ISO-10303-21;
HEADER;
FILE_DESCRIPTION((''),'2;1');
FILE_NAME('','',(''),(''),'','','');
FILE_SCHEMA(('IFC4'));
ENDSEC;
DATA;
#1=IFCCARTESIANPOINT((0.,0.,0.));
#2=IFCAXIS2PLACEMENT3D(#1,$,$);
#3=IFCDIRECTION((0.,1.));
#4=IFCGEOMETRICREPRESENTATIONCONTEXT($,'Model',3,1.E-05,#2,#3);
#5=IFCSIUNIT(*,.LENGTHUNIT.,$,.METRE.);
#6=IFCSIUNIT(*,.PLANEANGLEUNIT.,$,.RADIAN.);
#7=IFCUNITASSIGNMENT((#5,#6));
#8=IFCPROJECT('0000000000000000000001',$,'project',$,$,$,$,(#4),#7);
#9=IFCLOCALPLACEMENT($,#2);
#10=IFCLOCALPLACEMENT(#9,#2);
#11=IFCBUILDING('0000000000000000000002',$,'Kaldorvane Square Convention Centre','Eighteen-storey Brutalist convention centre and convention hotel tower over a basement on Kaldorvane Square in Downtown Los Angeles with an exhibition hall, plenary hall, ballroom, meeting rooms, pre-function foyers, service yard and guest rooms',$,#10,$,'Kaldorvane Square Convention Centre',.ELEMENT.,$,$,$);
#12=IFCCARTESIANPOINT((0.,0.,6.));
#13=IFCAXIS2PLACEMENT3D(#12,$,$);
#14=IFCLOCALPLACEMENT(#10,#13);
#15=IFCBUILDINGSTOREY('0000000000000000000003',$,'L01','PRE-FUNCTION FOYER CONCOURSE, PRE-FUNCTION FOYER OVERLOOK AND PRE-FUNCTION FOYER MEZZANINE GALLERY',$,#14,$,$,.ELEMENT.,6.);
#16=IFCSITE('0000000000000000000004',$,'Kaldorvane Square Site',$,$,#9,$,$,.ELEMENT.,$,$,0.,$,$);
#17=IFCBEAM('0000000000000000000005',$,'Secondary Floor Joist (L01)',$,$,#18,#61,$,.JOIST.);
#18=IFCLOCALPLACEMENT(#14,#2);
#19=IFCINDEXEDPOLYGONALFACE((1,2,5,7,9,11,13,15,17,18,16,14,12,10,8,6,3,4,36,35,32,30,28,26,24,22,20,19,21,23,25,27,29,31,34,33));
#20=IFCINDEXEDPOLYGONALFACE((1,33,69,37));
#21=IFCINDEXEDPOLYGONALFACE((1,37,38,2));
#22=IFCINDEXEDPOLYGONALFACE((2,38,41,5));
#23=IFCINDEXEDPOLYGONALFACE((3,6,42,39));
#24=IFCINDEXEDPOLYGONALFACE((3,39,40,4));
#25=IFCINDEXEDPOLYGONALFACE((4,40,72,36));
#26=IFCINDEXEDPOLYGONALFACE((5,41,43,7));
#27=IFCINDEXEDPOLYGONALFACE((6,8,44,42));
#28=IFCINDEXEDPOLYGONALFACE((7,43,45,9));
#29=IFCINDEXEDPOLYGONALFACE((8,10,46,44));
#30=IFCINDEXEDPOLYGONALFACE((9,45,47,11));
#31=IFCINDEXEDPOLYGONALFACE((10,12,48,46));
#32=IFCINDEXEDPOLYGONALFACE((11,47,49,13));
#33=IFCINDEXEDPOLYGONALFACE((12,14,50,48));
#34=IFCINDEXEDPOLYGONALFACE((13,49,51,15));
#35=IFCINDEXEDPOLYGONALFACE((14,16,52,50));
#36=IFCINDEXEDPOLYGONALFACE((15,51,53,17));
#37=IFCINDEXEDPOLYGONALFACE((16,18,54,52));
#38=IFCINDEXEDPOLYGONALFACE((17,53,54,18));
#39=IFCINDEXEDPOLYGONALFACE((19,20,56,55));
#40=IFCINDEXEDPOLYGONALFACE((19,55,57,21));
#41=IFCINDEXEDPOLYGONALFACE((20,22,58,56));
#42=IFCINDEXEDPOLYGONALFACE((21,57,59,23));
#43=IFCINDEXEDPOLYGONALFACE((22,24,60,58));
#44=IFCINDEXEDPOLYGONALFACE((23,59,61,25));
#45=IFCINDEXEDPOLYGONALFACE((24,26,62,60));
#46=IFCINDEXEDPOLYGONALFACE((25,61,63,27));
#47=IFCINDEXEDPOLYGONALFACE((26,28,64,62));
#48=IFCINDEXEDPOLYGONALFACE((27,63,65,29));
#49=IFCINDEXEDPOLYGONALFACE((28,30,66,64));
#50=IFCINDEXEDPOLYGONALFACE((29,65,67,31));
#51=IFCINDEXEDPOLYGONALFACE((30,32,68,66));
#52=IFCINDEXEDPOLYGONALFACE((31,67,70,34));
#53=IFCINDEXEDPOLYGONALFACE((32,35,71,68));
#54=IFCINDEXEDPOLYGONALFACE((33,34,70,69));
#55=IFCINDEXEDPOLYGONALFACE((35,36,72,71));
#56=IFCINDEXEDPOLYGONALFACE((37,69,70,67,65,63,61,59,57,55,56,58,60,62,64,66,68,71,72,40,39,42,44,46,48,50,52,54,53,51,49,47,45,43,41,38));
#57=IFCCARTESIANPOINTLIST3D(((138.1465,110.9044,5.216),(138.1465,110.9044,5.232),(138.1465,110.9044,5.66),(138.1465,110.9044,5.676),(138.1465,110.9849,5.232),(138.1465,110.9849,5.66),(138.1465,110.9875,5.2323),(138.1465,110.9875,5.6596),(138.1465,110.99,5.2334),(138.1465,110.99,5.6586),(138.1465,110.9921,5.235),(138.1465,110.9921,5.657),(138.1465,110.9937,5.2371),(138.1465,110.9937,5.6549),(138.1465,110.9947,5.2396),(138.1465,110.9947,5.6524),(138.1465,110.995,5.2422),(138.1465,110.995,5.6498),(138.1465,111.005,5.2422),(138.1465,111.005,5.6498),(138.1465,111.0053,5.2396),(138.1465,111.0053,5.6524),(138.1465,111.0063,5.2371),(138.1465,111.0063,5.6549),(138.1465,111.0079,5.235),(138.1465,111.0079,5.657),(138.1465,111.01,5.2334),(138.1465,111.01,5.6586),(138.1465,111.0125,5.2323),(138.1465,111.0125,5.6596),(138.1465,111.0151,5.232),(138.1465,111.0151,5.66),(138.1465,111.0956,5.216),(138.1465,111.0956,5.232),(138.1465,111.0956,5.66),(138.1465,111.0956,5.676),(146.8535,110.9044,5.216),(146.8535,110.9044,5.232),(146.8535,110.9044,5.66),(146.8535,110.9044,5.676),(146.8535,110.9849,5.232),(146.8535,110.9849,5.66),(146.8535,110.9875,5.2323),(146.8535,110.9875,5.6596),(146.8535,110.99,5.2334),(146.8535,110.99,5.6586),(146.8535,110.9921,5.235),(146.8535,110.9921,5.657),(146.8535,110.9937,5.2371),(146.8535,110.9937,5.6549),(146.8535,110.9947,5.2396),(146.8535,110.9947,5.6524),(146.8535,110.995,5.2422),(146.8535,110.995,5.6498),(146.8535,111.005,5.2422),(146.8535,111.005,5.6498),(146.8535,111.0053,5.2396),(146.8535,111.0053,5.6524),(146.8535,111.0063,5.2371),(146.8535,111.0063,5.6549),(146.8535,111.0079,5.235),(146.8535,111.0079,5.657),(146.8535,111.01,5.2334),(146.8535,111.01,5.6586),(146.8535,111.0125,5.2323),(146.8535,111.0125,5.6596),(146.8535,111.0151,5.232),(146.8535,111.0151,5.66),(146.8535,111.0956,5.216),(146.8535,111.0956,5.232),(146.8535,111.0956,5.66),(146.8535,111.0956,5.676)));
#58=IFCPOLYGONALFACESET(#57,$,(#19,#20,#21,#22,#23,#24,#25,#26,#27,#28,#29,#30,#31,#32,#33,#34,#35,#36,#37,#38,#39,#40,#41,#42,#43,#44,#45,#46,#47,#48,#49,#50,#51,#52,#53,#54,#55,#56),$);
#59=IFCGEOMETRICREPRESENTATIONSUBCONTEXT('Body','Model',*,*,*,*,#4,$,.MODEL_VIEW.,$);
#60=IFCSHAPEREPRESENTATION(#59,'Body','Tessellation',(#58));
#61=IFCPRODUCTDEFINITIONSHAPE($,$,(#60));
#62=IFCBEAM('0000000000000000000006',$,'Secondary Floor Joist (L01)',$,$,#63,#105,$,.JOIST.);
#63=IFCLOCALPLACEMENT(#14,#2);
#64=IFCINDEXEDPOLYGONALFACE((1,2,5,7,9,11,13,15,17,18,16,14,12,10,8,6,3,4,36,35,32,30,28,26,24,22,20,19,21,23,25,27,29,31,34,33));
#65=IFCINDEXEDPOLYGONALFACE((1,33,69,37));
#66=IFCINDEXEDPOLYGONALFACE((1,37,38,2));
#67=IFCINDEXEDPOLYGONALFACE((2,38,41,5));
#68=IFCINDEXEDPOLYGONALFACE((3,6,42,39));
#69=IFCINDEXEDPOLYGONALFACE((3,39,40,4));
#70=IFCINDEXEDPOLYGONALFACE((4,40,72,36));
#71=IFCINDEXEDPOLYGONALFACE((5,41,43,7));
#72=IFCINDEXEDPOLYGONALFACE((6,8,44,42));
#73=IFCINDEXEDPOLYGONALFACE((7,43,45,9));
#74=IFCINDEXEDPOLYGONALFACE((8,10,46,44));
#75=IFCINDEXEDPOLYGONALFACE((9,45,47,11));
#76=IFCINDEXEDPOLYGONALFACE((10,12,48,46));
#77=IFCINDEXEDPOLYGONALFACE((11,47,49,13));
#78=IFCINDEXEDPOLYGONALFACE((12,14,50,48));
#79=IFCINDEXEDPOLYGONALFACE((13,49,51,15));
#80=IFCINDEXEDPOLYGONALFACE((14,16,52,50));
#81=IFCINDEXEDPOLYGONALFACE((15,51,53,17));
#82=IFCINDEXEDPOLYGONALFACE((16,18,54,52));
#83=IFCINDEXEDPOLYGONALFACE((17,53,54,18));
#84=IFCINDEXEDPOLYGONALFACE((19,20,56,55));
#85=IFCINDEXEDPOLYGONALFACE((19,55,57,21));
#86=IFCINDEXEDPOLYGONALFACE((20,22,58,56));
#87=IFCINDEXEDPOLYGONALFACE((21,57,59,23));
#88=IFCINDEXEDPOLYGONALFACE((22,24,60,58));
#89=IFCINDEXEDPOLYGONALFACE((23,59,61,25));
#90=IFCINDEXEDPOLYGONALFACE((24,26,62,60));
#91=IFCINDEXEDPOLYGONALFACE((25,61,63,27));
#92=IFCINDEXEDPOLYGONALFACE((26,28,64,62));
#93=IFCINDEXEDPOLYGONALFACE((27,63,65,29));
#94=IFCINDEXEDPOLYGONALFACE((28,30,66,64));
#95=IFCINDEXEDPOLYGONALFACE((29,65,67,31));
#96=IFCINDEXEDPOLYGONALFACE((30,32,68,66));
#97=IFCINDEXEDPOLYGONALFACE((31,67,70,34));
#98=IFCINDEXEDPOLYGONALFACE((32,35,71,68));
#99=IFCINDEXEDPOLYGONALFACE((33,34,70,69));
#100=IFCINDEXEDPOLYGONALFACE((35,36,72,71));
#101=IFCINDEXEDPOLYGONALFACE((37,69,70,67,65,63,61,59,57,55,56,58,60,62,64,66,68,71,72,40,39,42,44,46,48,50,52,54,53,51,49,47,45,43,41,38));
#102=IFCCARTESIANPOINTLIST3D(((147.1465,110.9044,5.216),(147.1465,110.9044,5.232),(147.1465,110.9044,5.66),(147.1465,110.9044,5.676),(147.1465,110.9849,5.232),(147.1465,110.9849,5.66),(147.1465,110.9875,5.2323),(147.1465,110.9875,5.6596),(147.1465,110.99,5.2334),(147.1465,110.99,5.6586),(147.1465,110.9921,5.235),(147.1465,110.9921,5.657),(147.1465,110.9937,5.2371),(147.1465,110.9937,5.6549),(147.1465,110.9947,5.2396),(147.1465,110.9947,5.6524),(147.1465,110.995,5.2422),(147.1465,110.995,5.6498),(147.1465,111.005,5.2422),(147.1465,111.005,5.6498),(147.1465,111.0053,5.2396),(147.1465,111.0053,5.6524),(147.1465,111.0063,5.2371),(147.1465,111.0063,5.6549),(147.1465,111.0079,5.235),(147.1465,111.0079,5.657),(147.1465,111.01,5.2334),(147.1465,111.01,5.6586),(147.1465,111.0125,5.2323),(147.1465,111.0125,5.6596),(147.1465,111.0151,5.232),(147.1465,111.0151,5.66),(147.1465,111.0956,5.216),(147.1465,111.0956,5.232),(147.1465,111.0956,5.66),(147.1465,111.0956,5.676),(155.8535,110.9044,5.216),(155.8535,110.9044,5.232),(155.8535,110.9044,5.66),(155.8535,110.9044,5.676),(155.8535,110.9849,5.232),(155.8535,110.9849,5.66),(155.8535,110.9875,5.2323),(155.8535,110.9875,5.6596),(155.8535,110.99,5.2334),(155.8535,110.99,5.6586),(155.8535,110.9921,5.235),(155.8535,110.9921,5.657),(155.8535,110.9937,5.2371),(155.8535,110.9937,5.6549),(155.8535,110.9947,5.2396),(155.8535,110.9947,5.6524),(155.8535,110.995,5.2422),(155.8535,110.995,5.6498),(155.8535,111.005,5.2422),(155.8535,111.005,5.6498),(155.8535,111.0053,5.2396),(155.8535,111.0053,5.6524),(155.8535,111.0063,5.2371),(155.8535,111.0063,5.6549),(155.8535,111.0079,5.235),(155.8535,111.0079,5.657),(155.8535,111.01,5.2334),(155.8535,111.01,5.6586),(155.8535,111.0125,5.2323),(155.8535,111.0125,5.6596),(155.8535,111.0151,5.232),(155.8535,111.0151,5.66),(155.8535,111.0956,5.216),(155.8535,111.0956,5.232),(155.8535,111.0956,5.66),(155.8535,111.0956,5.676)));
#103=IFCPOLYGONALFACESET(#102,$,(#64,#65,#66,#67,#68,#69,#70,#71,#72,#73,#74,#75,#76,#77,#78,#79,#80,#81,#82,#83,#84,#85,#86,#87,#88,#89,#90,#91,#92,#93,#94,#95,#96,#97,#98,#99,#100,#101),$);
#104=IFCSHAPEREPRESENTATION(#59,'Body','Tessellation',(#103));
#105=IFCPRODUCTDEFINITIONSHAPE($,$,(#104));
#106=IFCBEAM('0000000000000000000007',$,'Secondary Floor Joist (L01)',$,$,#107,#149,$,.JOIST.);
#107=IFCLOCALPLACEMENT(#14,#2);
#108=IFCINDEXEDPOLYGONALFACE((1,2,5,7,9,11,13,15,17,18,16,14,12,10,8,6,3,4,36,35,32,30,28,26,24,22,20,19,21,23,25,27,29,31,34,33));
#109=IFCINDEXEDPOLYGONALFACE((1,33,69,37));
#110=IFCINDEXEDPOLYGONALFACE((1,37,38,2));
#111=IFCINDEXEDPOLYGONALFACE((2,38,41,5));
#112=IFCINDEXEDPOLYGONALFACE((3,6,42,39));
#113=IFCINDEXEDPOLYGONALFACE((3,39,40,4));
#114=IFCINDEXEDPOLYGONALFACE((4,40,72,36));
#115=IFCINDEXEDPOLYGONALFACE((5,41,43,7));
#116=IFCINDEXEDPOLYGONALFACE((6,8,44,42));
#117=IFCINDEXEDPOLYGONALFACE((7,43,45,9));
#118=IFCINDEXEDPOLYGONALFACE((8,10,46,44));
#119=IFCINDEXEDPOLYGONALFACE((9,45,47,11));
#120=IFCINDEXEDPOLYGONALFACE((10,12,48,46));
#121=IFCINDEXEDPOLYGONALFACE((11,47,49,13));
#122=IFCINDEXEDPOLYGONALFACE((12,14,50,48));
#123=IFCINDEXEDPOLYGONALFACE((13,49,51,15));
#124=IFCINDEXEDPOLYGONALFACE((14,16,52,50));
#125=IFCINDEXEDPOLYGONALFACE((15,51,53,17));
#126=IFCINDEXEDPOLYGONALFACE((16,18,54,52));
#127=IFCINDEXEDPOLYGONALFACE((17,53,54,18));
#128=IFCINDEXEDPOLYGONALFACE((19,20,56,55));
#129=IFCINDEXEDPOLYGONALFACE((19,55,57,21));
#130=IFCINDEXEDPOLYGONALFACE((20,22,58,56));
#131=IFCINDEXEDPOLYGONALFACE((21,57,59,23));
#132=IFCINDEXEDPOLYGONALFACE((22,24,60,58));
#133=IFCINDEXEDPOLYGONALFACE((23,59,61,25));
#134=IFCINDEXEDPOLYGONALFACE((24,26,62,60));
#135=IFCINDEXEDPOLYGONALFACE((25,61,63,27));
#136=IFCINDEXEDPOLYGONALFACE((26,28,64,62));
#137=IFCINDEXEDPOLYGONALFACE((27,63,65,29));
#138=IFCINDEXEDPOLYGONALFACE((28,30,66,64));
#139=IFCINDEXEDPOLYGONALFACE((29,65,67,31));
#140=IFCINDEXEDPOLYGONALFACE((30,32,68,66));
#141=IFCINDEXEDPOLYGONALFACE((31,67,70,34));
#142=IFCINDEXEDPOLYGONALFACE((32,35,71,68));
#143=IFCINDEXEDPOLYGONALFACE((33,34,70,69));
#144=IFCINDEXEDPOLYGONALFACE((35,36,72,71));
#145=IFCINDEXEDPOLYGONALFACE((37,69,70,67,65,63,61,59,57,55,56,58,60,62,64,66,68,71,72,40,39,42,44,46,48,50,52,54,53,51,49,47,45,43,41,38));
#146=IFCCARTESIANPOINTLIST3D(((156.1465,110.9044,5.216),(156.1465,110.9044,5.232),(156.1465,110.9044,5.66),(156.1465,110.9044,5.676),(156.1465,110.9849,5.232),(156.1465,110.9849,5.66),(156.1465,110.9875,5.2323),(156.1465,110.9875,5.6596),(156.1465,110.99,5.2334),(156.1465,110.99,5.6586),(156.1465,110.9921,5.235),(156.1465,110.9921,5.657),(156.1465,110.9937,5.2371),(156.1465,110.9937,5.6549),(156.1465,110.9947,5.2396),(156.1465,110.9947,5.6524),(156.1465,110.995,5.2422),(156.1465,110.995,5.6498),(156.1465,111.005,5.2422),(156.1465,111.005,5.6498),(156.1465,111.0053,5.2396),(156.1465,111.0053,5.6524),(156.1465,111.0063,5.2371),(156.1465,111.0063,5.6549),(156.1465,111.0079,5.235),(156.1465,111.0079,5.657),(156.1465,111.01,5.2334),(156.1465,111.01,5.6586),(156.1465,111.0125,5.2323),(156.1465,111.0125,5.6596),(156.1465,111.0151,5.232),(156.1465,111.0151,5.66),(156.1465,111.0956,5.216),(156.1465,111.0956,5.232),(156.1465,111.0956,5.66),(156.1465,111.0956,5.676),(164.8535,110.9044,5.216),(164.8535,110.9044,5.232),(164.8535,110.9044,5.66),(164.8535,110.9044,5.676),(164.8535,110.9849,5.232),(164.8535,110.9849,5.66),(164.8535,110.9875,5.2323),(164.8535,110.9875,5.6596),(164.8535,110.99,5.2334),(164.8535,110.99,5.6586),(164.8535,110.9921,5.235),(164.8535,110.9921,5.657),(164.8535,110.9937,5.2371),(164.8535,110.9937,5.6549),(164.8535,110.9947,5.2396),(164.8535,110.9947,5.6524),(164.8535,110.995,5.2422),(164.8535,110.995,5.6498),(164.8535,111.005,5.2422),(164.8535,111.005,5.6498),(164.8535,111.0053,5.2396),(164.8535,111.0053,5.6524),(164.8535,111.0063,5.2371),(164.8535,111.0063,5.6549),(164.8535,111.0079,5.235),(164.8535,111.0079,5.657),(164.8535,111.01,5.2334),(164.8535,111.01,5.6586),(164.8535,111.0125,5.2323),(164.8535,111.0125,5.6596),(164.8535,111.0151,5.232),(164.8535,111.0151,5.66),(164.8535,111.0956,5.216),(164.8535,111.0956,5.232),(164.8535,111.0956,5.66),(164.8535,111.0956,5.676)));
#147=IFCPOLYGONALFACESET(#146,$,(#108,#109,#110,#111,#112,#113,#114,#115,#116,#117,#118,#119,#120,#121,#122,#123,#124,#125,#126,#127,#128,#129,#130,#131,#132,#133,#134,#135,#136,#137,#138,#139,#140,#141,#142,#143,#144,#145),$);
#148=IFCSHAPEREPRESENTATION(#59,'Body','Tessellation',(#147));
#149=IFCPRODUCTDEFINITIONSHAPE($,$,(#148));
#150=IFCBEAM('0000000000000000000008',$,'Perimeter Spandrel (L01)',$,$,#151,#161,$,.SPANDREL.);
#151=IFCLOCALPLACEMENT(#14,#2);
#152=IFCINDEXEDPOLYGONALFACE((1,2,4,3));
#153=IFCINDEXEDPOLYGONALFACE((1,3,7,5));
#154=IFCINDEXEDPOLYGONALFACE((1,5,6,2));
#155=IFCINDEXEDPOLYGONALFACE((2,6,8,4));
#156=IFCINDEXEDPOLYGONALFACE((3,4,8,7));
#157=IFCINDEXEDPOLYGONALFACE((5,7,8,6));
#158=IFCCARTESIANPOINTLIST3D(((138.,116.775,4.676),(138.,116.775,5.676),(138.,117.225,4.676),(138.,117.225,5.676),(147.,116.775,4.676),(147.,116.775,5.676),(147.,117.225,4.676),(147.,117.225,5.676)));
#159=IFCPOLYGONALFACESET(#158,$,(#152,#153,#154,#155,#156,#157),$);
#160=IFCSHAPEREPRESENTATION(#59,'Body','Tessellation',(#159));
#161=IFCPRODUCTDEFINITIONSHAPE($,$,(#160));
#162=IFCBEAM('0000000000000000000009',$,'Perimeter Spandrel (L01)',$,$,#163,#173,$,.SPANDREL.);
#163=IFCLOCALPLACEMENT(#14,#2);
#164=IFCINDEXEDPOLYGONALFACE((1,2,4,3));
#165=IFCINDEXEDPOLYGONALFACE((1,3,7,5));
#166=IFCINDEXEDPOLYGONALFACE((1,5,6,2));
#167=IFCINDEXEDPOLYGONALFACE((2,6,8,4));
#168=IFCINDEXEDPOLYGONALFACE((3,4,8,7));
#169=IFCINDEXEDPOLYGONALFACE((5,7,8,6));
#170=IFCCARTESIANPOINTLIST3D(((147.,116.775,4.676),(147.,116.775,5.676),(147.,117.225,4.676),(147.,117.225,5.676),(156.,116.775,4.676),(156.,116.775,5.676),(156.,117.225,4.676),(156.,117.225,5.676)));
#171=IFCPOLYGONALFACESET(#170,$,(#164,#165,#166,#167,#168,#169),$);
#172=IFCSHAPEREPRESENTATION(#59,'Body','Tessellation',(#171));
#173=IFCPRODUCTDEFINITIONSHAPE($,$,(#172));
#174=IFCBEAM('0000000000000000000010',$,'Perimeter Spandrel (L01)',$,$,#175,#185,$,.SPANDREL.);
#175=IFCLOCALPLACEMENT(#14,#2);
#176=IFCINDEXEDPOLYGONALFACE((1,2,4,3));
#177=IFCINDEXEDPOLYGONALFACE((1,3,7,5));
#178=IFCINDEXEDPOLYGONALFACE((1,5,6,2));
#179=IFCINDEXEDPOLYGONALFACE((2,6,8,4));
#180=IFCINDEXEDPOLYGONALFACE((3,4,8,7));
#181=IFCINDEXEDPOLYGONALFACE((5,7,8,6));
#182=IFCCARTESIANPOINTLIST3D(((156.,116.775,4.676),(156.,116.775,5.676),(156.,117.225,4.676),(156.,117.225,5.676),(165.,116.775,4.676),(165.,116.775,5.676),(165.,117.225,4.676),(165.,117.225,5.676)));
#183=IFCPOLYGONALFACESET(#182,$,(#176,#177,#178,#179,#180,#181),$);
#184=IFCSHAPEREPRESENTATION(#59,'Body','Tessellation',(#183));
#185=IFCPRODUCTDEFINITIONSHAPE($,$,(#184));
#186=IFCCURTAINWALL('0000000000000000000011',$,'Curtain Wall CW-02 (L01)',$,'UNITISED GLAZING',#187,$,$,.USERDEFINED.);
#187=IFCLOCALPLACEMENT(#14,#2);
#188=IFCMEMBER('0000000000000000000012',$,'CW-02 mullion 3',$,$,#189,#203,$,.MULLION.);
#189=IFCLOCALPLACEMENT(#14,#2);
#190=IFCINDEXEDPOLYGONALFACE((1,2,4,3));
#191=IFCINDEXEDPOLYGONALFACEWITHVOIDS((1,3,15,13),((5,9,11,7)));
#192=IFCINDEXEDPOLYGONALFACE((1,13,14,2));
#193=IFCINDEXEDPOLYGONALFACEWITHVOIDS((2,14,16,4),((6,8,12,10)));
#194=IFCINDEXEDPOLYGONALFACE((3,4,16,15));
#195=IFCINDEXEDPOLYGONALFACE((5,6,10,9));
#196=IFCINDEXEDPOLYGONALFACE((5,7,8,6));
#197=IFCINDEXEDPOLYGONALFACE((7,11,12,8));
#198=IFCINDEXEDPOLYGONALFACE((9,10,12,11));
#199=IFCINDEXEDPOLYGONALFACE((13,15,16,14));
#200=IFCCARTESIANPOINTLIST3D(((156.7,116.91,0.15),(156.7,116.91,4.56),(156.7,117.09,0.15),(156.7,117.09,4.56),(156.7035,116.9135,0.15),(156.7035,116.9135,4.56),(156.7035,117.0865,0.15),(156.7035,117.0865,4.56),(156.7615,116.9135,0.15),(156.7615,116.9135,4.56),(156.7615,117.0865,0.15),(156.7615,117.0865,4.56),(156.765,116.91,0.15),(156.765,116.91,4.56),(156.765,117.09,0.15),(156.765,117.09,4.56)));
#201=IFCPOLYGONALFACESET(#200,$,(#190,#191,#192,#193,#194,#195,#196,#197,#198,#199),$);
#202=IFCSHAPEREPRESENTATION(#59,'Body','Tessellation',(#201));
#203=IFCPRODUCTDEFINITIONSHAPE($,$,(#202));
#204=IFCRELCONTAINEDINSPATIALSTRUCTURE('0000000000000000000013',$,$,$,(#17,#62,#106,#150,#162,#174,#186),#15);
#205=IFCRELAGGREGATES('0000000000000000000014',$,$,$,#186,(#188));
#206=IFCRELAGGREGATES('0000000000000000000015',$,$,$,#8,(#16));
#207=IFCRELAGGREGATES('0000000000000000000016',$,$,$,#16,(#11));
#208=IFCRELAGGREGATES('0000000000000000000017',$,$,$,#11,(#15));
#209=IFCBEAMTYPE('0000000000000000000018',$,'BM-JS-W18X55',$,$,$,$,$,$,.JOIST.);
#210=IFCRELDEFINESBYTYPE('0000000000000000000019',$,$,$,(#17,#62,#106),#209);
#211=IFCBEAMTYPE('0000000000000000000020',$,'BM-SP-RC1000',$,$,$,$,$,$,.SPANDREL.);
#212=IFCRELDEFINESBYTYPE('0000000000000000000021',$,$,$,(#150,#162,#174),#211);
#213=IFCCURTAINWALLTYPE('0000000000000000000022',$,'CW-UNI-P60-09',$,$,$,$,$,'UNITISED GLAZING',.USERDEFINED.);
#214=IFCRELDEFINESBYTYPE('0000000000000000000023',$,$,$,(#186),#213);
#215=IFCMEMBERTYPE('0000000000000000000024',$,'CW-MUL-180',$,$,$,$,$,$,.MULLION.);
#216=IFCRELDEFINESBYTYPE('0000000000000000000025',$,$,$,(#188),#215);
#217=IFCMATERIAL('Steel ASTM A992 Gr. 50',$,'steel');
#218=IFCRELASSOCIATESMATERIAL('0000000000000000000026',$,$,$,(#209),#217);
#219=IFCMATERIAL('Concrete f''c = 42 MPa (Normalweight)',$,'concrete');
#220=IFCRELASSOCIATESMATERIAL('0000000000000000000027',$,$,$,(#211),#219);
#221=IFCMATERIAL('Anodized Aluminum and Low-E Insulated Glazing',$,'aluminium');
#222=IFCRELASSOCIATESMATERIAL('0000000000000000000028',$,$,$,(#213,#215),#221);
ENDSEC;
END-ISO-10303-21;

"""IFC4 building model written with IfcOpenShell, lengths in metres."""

from ifc_helpers import new_model, si_unit, direction, frame, origin, origin_2d, place, context, subcontext, project, spatial, rectangle, hollow_rectangle, i_section, extrude, material, material_profile, profile_set, type_object, element, aggregate, save


model = new_model("IFC4")

# Units and contexts
model_context = context("Model", 3, precision=1e-05, world=origin(), true_north=direction((0.0, 1.0)))
body_context = subcontext(model_context, "Body", "Model", "MODEL_VIEW")
ifc_project = project(units=[si_unit("LENGTHUNIT", "METRE"), si_unit("PLANEANGLEUNIT", "RADIAN")], contexts=[model_context])

# Site, building, storey
site_placement = place(None, origin())
site = spatial("IfcSite", under=ifc_project, at=site_placement, Name="Kaldorvane Square Site", CompositionType="ELEMENT", RefElevation=0.0)
building_placement = place(site_placement, origin())
building = spatial("IfcBuilding", under=site, at=building_placement, Name="Kaldorvane Square Convention Centre", Description="Eighteen-storey Brutalist convention centre and convention hotel tower over a basement on Kaldorvane Square in Downtown Los Angeles with an exhibition hall, plenary hall, ballroom, meeting rooms, pre-function foyers, service yard and guest rooms", LongName="Kaldorvane Square Convention Centre", CompositionType="ELEMENT")
storey_placement = place(building_placement, frame((0.0, 0.0, 6.0)))
storey = spatial("IfcBuildingStorey", under=building, at=storey_placement, Name="L01", Description="PRE-FUNCTION FOYER CONCOURSE, PRE-FUNCTION FOYER OVERLOOK AND PRE-FUNCTION FOYER MEZZANINE GALLERY", CompositionType="ELEMENT", Elevation=6.0)

# Shared definitions
ifc_material_1 = material(Name="Steel ASTM A992 Gr. 50", Category="steel")

# Beams
ifc_material_profile_1 = material_profile(ifc_material_1, i_section(OverallWidth=0.1913, OverallDepth=0.46, WebThickness=0.0099, FlangeThickness=0.016, FilletRadius=0.0102, at=origin_2d()), Name="W18X55")
ifc_profile_set_1 = profile_set([ifc_material_profile_1], Name="Steel ASTM A992 Gr. 50")
beam_type_1 = type_object("IfcBeamType", Name="BM-JS-W18X55", PredefinedType="JOIST", material=ifc_profile_set_1)
for number, where, z_axis, x_axis, name in (
    (1, (138.1465, 111.0, 5.446), (1.0, 0.0, 0.0), (0.0, 1.0, 0.0), "Secondary Floor Joist (L01)"),
    (2, (147.1465, 111.0, 5.446), (1.0, 0.0, 0.0), (0.0, 1.0, 0.0), "Secondary Floor Joist (L01)"),
    (3, (156.1465, 111.0, 5.446), (1.0, 0.0, 0.0), (0.0, 1.0, 0.0), "Secondary Floor Joist (L01)"),
):
    element("IfcBeam", number, at=place(storey_placement, frame(where, z_axis=z_axis, x_axis=x_axis)), inside=storey, type_object=beam_type_1, Name=name, PredefinedType="JOIST", context=body_context, shape_type="SweptSolid", body=[
        extrude(i_section(OverallWidth=0.1913, OverallDepth=0.46, WebThickness=0.0099, FlangeThickness=0.016, FilletRadius=0.0102, at=origin_2d()), origin(), (0.0, 0.0, 1.0), 8.707),
    ])
ifc_material_2 = material(Name="Concrete f'c = 42 MPa (Normalweight)", Category="concrete")
ifc_material_profile_2 = material_profile(ifc_material_2, rectangle(XDim=0.45, YDim=1.0, at=origin_2d()), Name="RCSP1000X450")
ifc_profile_set_2 = profile_set([ifc_material_profile_2], Name="Concrete f'c = 42 MPa (Normalweight)")
beam_type_2 = type_object("IfcBeamType", Name="BM-SP-RC1000", PredefinedType="SPANDREL", material=ifc_profile_set_2)
for number, where, z_axis, x_axis, name in (
    (4, (138.0, 117.0, 5.176), (1.0, 0.0, 0.0), (0.0, 1.0, 0.0), "Perimeter Spandrel (L01)"),
    (5, (147.0, 117.0, 5.176), (1.0, 0.0, 0.0), (0.0, 1.0, 0.0), "Perimeter Spandrel (L01)"),
    (6, (156.0, 117.0, 5.176), (1.0, 0.0, 0.0), (0.0, 1.0, 0.0), "Perimeter Spandrel (L01)"),
):
    element("IfcBeam", number, at=place(storey_placement, frame(where, z_axis=z_axis, x_axis=x_axis)), inside=storey, type_object=beam_type_2, Name=name, PredefinedType="SPANDREL", context=body_context, shape_type="SweptSolid", body=[
        extrude(rectangle(XDim=0.45, YDim=1.0, at=origin_2d()), origin(), (0.0, 0.0, 1.0), 9.0),
    ])

# Curtain wall, member
ifc_material_3 = material(Name="Anodized Aluminum and Low-E Insulated Glazing", Category="aluminium")
curtain_wall_type = type_object("IfcCurtainWallType", Name="CW-UNI-P60-09", ElementType="UNITISED GLAZING", PredefinedType="USERDEFINED", material=ifc_material_3)
curtain_wall_placement = place(storey_placement, origin())
curtain_wall = element("IfcCurtainWall", 7, at=curtain_wall_placement, inside=storey, type_object=curtain_wall_type, Name="Curtain Wall CW-02 (L01)", ObjectType="UNITISED GLAZING", PredefinedType="USERDEFINED")
ifc_material_profile_3 = material_profile(ifc_material_3, hollow_rectangle(XDim=0.065, YDim=0.18, WallThickness=0.0035, at=origin_2d()), Name="CWM-180X65")
ifc_profile_set_3 = profile_set([ifc_material_profile_3], Name="Anodized Aluminum and Low-E Insulated Glazing")
member_type_1 = type_object("IfcMemberType", Name="CW-MUL-180", PredefinedType="MULLION", material=ifc_profile_set_3)
member_1_placement = place(storey_placement, frame((156.7325, 117.0, 0.15), z_axis=(0.0, 0.0, 1.0), x_axis=(-1.0, 0.0, 0.0)))
member_1 = element("IfcMember", 8, at=member_1_placement, type_object=member_type_1, Name="CW-02 mullion 3", PredefinedType="MULLION", context=body_context, shape_type="SweptSolid", body=[
    extrude(hollow_rectangle(XDim=0.065, YDim=0.18, WallThickness=0.0035, at=origin_2d()), origin(), (0.0, 0.0, 1.0), 4.41),
])
aggregate(curtain_wall, [member_1])

save(model, "model.ifc")
